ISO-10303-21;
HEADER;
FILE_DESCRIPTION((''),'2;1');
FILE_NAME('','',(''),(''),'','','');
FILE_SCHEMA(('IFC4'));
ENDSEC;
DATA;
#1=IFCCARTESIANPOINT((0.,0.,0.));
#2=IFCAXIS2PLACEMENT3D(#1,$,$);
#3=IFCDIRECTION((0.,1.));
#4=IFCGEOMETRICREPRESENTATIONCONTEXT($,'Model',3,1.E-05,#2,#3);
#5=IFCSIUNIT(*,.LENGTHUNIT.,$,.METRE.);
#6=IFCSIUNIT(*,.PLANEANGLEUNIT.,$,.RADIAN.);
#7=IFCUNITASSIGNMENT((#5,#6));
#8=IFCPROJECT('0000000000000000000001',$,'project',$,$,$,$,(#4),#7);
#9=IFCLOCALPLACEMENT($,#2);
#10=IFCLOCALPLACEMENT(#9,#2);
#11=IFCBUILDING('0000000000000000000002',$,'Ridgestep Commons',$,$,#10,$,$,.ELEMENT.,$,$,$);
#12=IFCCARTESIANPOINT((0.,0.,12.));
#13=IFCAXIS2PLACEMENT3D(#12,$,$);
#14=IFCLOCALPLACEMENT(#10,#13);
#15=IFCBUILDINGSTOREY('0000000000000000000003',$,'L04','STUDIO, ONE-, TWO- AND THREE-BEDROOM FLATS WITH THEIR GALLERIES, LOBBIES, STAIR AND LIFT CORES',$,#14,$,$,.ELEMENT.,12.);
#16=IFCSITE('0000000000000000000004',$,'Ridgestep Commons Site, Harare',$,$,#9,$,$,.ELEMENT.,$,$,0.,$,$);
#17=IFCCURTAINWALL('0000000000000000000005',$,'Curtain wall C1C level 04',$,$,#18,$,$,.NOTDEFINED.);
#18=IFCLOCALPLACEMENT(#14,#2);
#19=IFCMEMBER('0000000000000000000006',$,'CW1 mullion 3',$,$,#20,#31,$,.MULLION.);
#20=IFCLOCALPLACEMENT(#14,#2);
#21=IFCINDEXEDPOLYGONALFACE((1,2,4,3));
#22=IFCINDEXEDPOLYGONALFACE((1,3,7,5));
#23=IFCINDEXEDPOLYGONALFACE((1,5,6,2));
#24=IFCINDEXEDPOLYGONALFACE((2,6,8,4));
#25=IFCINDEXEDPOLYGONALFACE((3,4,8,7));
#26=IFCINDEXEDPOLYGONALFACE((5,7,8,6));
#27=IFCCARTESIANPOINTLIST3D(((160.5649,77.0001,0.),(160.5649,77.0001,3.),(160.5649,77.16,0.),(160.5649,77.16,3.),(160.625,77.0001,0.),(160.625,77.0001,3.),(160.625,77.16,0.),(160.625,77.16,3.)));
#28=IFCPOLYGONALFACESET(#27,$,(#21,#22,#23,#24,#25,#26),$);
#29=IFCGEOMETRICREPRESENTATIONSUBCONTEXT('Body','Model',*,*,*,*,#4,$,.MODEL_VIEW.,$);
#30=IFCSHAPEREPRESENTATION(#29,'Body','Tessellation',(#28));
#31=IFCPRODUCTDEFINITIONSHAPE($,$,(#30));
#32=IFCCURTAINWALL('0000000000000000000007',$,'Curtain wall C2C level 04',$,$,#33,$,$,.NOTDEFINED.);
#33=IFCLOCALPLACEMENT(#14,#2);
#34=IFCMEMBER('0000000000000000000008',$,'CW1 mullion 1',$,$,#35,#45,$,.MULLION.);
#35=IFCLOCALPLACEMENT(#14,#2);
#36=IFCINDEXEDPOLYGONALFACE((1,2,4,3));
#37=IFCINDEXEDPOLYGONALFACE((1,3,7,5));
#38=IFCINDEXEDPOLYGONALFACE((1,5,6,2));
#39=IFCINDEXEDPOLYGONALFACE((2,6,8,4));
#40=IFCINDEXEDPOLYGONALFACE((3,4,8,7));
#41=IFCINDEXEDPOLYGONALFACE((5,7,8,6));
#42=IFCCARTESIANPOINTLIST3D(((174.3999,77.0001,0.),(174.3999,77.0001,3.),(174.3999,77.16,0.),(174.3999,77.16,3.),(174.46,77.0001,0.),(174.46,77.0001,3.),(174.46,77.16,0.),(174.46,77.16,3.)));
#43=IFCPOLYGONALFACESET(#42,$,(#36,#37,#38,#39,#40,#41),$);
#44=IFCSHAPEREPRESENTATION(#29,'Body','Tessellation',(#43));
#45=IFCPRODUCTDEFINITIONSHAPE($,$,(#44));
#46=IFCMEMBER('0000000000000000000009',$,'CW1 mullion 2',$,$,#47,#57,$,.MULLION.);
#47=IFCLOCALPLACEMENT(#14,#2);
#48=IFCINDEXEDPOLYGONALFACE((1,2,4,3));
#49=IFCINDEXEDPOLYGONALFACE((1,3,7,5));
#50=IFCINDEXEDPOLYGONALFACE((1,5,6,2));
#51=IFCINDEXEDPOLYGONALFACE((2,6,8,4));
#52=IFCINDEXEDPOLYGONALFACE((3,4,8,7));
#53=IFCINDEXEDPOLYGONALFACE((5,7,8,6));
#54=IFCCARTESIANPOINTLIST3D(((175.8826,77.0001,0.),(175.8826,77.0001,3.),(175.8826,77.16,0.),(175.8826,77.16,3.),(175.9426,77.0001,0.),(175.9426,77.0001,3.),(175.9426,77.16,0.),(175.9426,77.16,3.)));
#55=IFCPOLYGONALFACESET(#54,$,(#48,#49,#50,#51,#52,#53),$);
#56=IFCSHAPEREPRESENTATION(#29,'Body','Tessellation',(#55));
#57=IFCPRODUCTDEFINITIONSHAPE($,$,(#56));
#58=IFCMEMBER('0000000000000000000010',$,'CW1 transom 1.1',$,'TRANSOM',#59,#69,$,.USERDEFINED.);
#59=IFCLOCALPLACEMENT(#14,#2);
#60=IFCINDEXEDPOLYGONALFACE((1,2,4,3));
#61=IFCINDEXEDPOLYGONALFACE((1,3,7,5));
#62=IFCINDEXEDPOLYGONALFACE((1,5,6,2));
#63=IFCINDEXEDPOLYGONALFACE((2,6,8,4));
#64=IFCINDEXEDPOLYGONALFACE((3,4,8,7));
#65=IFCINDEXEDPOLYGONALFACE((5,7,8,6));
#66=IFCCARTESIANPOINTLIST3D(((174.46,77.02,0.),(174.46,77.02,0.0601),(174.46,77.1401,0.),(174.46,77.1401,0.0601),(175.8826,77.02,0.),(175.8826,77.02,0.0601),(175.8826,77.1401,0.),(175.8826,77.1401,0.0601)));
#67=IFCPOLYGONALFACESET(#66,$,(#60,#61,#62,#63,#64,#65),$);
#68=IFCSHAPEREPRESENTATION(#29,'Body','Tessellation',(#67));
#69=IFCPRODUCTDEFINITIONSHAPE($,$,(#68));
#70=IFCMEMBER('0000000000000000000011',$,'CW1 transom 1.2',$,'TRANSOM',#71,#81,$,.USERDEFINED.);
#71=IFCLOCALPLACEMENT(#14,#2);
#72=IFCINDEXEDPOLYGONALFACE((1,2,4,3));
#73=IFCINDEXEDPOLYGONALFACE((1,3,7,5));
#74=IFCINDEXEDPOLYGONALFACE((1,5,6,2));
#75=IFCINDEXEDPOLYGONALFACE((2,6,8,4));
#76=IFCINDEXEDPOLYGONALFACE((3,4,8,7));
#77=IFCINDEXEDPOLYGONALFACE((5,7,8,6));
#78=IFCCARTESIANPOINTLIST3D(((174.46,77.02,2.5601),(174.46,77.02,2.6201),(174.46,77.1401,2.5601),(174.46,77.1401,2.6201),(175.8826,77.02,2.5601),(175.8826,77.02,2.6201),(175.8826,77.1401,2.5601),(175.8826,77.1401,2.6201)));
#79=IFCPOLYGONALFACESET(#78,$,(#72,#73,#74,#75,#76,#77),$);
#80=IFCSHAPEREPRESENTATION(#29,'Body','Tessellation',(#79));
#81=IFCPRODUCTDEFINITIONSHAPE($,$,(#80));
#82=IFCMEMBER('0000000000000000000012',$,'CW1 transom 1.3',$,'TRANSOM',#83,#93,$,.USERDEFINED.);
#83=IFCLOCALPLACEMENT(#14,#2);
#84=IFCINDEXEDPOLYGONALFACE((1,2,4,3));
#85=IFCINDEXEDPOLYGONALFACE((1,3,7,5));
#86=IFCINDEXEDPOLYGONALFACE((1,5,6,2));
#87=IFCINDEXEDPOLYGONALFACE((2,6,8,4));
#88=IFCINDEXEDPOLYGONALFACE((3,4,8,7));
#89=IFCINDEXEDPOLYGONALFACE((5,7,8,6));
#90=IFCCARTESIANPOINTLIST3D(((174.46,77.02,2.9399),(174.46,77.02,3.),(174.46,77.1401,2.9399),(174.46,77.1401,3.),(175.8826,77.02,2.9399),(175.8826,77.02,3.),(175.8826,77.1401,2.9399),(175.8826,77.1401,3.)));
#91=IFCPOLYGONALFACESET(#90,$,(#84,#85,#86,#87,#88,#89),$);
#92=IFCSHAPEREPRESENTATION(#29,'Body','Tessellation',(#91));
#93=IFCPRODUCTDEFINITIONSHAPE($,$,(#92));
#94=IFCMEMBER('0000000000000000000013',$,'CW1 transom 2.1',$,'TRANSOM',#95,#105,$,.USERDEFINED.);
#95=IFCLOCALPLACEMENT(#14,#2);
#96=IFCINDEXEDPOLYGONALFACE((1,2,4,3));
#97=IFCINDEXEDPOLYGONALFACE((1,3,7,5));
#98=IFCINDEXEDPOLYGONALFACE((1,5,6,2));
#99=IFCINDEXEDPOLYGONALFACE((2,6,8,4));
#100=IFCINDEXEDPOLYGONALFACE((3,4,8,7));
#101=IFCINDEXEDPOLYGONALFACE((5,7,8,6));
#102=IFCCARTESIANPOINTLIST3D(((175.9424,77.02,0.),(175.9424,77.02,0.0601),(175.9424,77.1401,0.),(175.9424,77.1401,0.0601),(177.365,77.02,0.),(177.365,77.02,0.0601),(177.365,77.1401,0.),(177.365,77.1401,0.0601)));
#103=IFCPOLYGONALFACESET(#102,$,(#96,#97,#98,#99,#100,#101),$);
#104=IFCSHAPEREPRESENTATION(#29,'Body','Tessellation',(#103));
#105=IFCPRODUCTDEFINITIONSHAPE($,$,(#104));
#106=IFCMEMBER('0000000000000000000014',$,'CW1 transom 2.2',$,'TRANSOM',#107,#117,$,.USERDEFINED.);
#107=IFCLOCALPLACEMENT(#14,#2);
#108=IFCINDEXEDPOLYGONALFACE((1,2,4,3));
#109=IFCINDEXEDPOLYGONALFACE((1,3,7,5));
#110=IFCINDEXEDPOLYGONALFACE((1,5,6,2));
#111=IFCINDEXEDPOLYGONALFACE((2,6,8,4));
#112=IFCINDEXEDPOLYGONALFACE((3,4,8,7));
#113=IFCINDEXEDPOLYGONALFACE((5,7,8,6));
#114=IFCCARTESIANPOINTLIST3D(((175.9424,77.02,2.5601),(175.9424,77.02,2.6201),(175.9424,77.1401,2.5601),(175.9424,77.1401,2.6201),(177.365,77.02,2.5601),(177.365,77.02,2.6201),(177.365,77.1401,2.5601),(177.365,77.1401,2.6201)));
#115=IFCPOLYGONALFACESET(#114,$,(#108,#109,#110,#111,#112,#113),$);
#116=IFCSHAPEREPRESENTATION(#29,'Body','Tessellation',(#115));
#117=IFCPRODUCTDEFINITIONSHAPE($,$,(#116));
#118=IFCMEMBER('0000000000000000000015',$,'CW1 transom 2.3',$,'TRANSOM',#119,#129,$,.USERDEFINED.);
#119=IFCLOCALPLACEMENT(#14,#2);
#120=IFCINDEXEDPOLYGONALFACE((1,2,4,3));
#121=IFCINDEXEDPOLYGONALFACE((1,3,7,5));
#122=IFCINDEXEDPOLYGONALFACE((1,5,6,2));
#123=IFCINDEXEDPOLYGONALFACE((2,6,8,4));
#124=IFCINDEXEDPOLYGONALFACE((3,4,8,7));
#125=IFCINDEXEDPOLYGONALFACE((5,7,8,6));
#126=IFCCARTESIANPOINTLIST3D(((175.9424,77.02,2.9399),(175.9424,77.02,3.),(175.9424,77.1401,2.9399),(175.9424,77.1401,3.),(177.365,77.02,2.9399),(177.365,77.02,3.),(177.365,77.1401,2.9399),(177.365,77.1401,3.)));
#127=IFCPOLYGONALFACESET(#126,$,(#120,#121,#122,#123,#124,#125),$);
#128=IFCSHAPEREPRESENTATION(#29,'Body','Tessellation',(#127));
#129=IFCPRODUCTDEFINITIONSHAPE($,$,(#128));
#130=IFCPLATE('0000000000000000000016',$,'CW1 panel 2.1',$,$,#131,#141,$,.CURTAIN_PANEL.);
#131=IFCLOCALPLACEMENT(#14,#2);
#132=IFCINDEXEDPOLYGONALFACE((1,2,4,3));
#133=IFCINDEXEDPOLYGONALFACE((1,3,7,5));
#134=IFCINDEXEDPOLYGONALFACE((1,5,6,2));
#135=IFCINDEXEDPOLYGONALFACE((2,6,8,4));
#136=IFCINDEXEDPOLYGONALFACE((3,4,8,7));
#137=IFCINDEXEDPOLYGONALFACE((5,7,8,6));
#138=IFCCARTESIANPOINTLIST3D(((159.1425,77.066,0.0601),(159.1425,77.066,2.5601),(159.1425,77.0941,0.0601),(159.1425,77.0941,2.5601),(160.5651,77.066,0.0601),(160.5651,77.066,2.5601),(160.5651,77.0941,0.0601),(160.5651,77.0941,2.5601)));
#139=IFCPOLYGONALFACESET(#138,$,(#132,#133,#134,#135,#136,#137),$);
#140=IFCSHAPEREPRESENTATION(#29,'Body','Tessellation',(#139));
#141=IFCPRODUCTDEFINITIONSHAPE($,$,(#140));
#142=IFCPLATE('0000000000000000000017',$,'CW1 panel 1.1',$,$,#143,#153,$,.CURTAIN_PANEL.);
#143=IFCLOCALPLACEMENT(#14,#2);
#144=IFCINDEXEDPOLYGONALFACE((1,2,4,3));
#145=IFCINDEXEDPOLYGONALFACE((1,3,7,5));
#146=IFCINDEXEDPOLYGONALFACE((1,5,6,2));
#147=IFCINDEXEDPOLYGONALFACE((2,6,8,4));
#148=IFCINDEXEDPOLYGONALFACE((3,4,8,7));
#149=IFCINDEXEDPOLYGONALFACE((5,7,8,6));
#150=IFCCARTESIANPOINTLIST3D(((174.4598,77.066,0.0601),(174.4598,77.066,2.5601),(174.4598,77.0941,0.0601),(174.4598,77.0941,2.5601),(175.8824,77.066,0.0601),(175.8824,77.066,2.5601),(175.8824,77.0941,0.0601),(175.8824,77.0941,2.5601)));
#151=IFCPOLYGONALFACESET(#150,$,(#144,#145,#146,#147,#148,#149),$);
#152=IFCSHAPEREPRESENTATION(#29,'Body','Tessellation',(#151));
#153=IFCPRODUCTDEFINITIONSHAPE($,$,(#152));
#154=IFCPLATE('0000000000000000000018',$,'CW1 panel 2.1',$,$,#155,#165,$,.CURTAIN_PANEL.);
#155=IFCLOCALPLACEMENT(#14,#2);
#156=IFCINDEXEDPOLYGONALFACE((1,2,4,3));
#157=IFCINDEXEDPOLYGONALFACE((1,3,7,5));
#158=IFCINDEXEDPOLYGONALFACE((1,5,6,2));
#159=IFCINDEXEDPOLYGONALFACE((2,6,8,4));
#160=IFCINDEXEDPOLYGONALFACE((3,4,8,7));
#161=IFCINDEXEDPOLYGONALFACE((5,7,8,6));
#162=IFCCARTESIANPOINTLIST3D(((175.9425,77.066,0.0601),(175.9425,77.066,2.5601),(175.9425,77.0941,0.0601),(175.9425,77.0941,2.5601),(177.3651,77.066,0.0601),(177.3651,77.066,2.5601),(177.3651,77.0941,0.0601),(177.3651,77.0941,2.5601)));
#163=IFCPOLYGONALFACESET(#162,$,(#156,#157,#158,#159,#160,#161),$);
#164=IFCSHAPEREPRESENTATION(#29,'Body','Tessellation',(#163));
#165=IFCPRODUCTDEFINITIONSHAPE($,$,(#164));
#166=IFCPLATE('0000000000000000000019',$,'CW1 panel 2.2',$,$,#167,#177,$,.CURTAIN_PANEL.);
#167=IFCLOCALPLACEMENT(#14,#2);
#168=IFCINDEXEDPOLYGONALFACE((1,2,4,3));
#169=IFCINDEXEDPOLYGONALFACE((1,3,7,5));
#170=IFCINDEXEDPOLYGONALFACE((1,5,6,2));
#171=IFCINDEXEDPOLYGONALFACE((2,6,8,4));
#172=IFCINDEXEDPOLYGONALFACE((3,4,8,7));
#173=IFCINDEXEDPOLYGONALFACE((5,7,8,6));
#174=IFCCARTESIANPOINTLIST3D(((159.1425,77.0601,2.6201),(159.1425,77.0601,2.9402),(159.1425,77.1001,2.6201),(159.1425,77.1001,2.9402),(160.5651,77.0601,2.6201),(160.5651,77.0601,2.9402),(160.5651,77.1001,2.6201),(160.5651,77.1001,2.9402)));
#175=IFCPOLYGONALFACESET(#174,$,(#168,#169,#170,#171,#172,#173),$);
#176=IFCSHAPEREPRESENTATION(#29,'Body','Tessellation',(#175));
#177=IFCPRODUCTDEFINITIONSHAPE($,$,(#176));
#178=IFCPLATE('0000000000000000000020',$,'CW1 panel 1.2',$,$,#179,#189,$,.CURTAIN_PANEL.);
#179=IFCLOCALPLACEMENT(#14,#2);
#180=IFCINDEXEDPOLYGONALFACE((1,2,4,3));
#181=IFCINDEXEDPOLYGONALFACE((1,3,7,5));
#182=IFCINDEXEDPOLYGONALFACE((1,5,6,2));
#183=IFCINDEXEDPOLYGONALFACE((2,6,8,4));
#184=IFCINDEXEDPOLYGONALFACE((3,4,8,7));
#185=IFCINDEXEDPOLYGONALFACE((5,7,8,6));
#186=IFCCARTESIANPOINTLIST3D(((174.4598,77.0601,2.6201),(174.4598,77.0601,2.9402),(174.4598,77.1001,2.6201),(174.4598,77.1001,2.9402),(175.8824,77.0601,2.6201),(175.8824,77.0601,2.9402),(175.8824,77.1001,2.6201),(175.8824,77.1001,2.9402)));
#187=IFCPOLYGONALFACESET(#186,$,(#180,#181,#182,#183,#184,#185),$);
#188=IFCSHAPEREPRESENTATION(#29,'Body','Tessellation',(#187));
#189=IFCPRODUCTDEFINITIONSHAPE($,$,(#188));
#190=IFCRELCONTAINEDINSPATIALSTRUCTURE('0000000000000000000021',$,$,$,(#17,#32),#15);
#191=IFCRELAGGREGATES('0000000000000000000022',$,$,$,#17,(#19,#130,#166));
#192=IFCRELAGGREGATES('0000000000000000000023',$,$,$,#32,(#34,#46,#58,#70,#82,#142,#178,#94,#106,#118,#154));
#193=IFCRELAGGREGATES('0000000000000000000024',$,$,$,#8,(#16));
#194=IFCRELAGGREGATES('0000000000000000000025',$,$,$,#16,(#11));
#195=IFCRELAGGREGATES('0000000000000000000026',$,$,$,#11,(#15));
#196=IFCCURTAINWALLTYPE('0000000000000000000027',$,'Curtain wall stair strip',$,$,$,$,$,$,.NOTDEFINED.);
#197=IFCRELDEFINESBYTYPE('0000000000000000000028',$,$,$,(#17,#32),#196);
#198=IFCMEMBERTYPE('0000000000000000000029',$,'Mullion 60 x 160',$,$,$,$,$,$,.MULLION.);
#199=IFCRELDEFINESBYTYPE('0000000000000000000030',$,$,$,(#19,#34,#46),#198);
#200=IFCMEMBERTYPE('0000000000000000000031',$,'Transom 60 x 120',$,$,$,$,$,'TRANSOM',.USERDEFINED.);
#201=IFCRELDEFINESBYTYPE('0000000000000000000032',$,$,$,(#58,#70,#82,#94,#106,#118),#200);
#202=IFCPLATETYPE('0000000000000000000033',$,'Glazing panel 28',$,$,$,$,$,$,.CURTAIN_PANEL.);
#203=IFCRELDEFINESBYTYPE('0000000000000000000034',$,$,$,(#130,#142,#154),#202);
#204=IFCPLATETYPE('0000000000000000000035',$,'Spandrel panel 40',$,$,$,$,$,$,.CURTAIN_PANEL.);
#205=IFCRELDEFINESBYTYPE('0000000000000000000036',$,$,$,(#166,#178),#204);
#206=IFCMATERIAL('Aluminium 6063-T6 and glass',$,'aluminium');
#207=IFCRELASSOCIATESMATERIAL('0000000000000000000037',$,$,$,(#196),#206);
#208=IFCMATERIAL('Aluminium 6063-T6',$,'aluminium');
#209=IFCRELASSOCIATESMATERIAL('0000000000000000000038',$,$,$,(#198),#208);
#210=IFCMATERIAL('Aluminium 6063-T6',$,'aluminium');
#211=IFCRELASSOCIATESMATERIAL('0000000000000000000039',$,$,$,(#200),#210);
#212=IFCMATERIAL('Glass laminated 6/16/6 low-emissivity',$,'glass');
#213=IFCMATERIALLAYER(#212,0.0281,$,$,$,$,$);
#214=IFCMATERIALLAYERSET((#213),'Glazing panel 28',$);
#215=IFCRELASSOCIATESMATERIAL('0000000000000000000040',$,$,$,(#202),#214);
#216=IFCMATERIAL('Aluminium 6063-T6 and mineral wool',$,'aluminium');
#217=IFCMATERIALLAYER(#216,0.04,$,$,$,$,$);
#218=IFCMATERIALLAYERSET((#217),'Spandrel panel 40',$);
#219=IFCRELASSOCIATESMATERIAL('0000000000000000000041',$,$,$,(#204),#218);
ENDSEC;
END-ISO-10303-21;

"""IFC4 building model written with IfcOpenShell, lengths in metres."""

from ifc_helpers import new_model, si_unit, direction, frame, origin, origin_2d, place, context, subcontext, project, spatial, rectangle, extrude, material, layer, layer_set, material_profile, profile_set, type_object, element, aggregate, save


model = new_model("IFC4")

# Units and contexts
model_context = context("Model", 3, precision=1e-05, world=origin(), true_north=direction((0.0, 1.0)))
body_context = subcontext(model_context, "Body", "Model", "MODEL_VIEW")
ifc_project = project(units=[si_unit("LENGTHUNIT", "METRE"), si_unit("PLANEANGLEUNIT", "RADIAN")], contexts=[model_context])

# Site, building, storey
site_placement = place(None, origin())
site = spatial("IfcSite", under=ifc_project, at=site_placement, Name="Ridgestep Commons Site, Harare", CompositionType="ELEMENT", RefElevation=0.0)
building_placement = place(site_placement, origin())
building = spatial("IfcBuilding", under=site, at=building_placement, Name="Ridgestep Commons", CompositionType="ELEMENT")
storey_placement = place(building_placement, frame((0.0, 0.0, 12.0)))
storey = spatial("IfcBuildingStorey", under=building, at=storey_placement, Name="L04", Description="STUDIO, ONE-, TWO- AND THREE-BEDROOM FLATS WITH THEIR GALLERIES, LOBBIES, STAIR AND LIFT CORES", CompositionType="ELEMENT", Elevation=12.0)

# Curtain wall, member
ifc_material_1 = material(Name="Aluminium 6063-T6 and glass", Category="aluminium")
curtain_wall_type = type_object("IfcCurtainWallType", Name="Curtain wall stair strip", PredefinedType="NOTDEFINED", material=ifc_material_1)
curtain_wall_1_placement = place(storey_placement, origin())
curtain_wall_1 = element("IfcCurtainWall", 1, at=curtain_wall_1_placement, inside=storey, type_object=curtain_wall_type, Name="Curtain wall C1C level 04", PredefinedType="NOTDEFINED")
ifc_material_2 = material(Name="Aluminium 6063-T6", Category="aluminium")
ifc_material_profile_1 = material_profile(ifc_material_2, rectangle(XDim=0.1599, YDim=0.0601, at=origin_2d()), Name="Mullion 60 x 160")
ifc_profile_set_1 = profile_set([ifc_material_profile_1], Name="Aluminium 6063-T6")
member_type_1 = type_object("IfcMemberType", Name="Mullion 60 x 160", PredefinedType="MULLION", material=ifc_profile_set_1)
member_1_placement = place(storey_placement, frame((160.595, 77.0801, 0.0), z_axis=(0.0, 0.0, 1.0), x_axis=(0.0, 1.0, 0.0)))
member_1 = element("IfcMember", 2, at=member_1_placement, type_object=member_type_1, Name="CW1 mullion 3", PredefinedType="MULLION", context=body_context, shape_type="SweptSolid", body=[
    extrude(rectangle(XDim=0.1599, YDim=0.0601, at=origin_2d()), origin(), (0.0, 0.0, 1.0), 3.0),
])

# Curtain wall, members
curtain_wall_2_placement = place(storey_placement, origin())
curtain_wall_2 = element("IfcCurtainWall", 3, at=curtain_wall_2_placement, inside=storey, type_object=curtain_wall_type, Name="Curtain wall C2C level 04", PredefinedType="NOTDEFINED")
member_2_placement = place(storey_placement, frame((174.4299, 77.0801, 0.0), z_axis=(0.0, 0.0, 1.0), x_axis=(0.0, 1.0, 0.0)))
member_2 = element("IfcMember", 4, at=member_2_placement, type_object=member_type_1, Name="CW1 mullion 1", PredefinedType="MULLION", context=body_context, shape_type="SweptSolid", body=[
    extrude(rectangle(XDim=0.1599, YDim=0.0601, at=origin_2d()), origin(), (0.0, 0.0, 1.0), 3.0),
])
member_3_placement = place(storey_placement, frame((175.9126, 77.0801, 0.0), z_axis=(0.0, 0.0, 1.0), x_axis=(0.0, 1.0, 0.0)))
member_3 = element("IfcMember", 5, at=member_3_placement, type_object=member_type_1, Name="CW1 mullion 2", PredefinedType="MULLION", context=body_context, shape_type="SweptSolid", body=[
    extrude(rectangle(XDim=0.1599, YDim=0.0601, at=origin_2d()), origin(), (0.0, 0.0, 1.0), 3.0),
])
ifc_material_3 = material(Name="Aluminium 6063-T6", Category="aluminium")
ifc_material_profile_2 = material_profile(ifc_material_3, rectangle(XDim=0.1201, YDim=0.0601, at=origin_2d()), Name="Transom 60 x 120")
ifc_profile_set_2 = profile_set([ifc_material_profile_2], Name="Aluminium 6063-T6")
member_type_2 = type_object("IfcMemberType", Name="Transom 60 x 120", ElementType="TRANSOM", PredefinedType="USERDEFINED", material=ifc_profile_set_2)
member_4_placement = place(storey_placement, frame((174.46, 77.0801, 0.03), z_axis=(1.0, 0.0, 0.0), x_axis=(0.0, 1.0, 0.0)))
member_4 = element("IfcMember", 6, at=member_4_placement, type_object=member_type_2, Name="CW1 transom 1.1", ObjectType="TRANSOM", PredefinedType="USERDEFINED", context=body_context, shape_type="SweptSolid", body=[
    extrude(rectangle(XDim=0.1201, YDim=0.0601, at=origin_2d()), origin(), (0.0, 0.0, 1.0), 1.4226),
])
member_5_placement = place(storey_placement, frame((174.46, 77.0801, 2.5901), z_axis=(1.0, 0.0, 0.0), x_axis=(0.0, 1.0, 0.0)))
member_5 = element("IfcMember", 7, at=member_5_placement, type_object=member_type_2, Name="CW1 transom 1.2", ObjectType="TRANSOM", PredefinedType="USERDEFINED", context=body_context, shape_type="SweptSolid", body=[
    extrude(rectangle(XDim=0.1201, YDim=0.0601, at=origin_2d()), origin(), (0.0, 0.0, 1.0), 1.4226),
])
member_6_placement = place(storey_placement, frame((174.46, 77.0801, 2.97), z_axis=(1.0, 0.0, 0.0), x_axis=(0.0, 1.0, 0.0)))
member_6 = element("IfcMember", 8, at=member_6_placement, type_object=member_type_2, Name="CW1 transom 1.3", ObjectType="TRANSOM", PredefinedType="USERDEFINED", context=body_context, shape_type="SweptSolid", body=[
    extrude(rectangle(XDim=0.1201, YDim=0.0601, at=origin_2d()), origin(), (0.0, 0.0, 1.0), 1.4226),
])
member_7_placement = place(storey_placement, frame((175.9424, 77.0801, 0.03), z_axis=(1.0, 0.0, 0.0), x_axis=(0.0, 1.0, 0.0)))
member_7 = element("IfcMember", 9, at=member_7_placement, type_object=member_type_2, Name="CW1 transom 2.1", ObjectType="TRANSOM", PredefinedType="USERDEFINED", context=body_context, shape_type="SweptSolid", body=[
    extrude(rectangle(XDim=0.1201, YDim=0.0601, at=origin_2d()), origin(), (0.0, 0.0, 1.0), 1.4226),
])
member_8_placement = place(storey_placement, frame((175.9424, 77.0801, 2.5901), z_axis=(1.0, 0.0, 0.0), x_axis=(0.0, 1.0, 0.0)))
member_8 = element("IfcMember", 10, at=member_8_placement, type_object=member_type_2, Name="CW1 transom 2.2", ObjectType="TRANSOM", PredefinedType="USERDEFINED", context=body_context, shape_type="SweptSolid", body=[
    extrude(rectangle(XDim=0.1201, YDim=0.0601, at=origin_2d()), origin(), (0.0, 0.0, 1.0), 1.4226),
])
member_9_placement = place(storey_placement, frame((175.9424, 77.0801, 2.97), z_axis=(1.0, 0.0, 0.0), x_axis=(0.0, 1.0, 0.0)))
member_9 = element("IfcMember", 11, at=member_9_placement, type_object=member_type_2, Name="CW1 transom 2.3", ObjectType="TRANSOM", PredefinedType="USERDEFINED", context=body_context, shape_type="SweptSolid", body=[
    extrude(rectangle(XDim=0.1201, YDim=0.0601, at=origin_2d()), origin(), (0.0, 0.0, 1.0), 1.4226),
])

# Plates
ifc_material_4 = material(Name="Glass laminated 6/16/6 low-emissivity", Category="glass")
ifc_layer_1 = layer(ifc_material_4, 0.0281)
ifc_layer_set_1 = layer_set([ifc_layer_1], Name="Glazing panel 28")
plate_type_1 = type_object("IfcPlateType", Name="Glazing panel 28", PredefinedType="CURTAIN_PANEL", material=ifc_layer_set_1)
plate_1_placement = place(storey_placement, frame((159.8538, 77.0801, 0.0601), z_axis=(0.0, 0.0, 1.0), x_axis=(1.0, 0.0, 0.0)))
plate_1 = element("IfcPlate", 12, at=plate_1_placement, type_object=plate_type_1, Name="CW1 panel 2.1", PredefinedType="CURTAIN_PANEL", context=body_context, shape_type="SweptSolid", body=[
    extrude(rectangle(XDim=1.4226, YDim=0.0281, at=origin_2d()), origin(), (0.0, 0.0, 1.0), 2.5),
])
plate_2_placement = place(storey_placement, frame((175.1711, 77.0801, 0.0601), z_axis=(0.0, 0.0, 1.0), x_axis=(1.0, 0.0, 0.0)))
plate_2 = element("IfcPlate", 13, at=plate_2_placement, type_object=plate_type_1, Name="CW1 panel 1.1", PredefinedType="CURTAIN_PANEL", context=body_context, shape_type="SweptSolid", body=[
    extrude(rectangle(XDim=1.4226, YDim=0.0281, at=origin_2d()), origin(), (0.0, 0.0, 1.0), 2.5),
])
plate_3_placement = place(storey_placement, frame((176.6538, 77.0801, 0.0601), z_axis=(0.0, 0.0, 1.0), x_axis=(1.0, 0.0, 0.0)))
plate_3 = element("IfcPlate", 14, at=plate_3_placement, type_object=plate_type_1, Name="CW1 panel 2.1", PredefinedType="CURTAIN_PANEL", context=body_context, shape_type="SweptSolid", body=[
    extrude(rectangle(XDim=1.4226, YDim=0.0281, at=origin_2d()), origin(), (0.0, 0.0, 1.0), 2.5),
])
ifc_material_5 = material(Name="Aluminium 6063-T6 and mineral wool", Category="aluminium")
ifc_layer_2 = layer(ifc_material_5, 0.04)
ifc_layer_set_2 = layer_set([ifc_layer_2], Name="Spandrel panel 40")
plate_type_2 = type_object("IfcPlateType", Name="Spandrel panel 40", PredefinedType="CURTAIN_PANEL", material=ifc_layer_set_2)
plate_4_placement = place(storey_placement, frame((159.8538, 77.0801, 2.6201), z_axis=(0.0, 0.0, 1.0), x_axis=(1.0, 0.0, 0.0)))
plate_4 = element("IfcPlate", 15, at=plate_4_placement, type_object=plate_type_2, Name="CW1 panel 2.2", PredefinedType="CURTAIN_PANEL", context=body_context, shape_type="SweptSolid", body=[
    extrude(rectangle(XDim=1.4226, YDim=0.04, at=origin_2d()), origin(), (0.0, 0.0, 1.0), 0.3201),
])
aggregate(curtain_wall_1, [member_1, plate_1, plate_4])
plate_5_placement = place(storey_placement, frame((175.1711, 77.0801, 2.6201), z_axis=(0.0, 0.0, 1.0), x_axis=(1.0, 0.0, 0.0)))
plate_5 = element("IfcPlate", 16, at=plate_5_placement, type_object=plate_type_2, Name="CW1 panel 1.2", PredefinedType="CURTAIN_PANEL", context=body_context, shape_type="SweptSolid", body=[
    extrude(rectangle(XDim=1.4226, YDim=0.04, at=origin_2d()), origin(), (0.0, 0.0, 1.0), 0.3201),
])
aggregate(curtain_wall_2, [member_2, member_3, member_4, member_5, member_6, plate_2, plate_5, member_7, member_8, member_9, plate_3])

save(model, "model.ifc")
